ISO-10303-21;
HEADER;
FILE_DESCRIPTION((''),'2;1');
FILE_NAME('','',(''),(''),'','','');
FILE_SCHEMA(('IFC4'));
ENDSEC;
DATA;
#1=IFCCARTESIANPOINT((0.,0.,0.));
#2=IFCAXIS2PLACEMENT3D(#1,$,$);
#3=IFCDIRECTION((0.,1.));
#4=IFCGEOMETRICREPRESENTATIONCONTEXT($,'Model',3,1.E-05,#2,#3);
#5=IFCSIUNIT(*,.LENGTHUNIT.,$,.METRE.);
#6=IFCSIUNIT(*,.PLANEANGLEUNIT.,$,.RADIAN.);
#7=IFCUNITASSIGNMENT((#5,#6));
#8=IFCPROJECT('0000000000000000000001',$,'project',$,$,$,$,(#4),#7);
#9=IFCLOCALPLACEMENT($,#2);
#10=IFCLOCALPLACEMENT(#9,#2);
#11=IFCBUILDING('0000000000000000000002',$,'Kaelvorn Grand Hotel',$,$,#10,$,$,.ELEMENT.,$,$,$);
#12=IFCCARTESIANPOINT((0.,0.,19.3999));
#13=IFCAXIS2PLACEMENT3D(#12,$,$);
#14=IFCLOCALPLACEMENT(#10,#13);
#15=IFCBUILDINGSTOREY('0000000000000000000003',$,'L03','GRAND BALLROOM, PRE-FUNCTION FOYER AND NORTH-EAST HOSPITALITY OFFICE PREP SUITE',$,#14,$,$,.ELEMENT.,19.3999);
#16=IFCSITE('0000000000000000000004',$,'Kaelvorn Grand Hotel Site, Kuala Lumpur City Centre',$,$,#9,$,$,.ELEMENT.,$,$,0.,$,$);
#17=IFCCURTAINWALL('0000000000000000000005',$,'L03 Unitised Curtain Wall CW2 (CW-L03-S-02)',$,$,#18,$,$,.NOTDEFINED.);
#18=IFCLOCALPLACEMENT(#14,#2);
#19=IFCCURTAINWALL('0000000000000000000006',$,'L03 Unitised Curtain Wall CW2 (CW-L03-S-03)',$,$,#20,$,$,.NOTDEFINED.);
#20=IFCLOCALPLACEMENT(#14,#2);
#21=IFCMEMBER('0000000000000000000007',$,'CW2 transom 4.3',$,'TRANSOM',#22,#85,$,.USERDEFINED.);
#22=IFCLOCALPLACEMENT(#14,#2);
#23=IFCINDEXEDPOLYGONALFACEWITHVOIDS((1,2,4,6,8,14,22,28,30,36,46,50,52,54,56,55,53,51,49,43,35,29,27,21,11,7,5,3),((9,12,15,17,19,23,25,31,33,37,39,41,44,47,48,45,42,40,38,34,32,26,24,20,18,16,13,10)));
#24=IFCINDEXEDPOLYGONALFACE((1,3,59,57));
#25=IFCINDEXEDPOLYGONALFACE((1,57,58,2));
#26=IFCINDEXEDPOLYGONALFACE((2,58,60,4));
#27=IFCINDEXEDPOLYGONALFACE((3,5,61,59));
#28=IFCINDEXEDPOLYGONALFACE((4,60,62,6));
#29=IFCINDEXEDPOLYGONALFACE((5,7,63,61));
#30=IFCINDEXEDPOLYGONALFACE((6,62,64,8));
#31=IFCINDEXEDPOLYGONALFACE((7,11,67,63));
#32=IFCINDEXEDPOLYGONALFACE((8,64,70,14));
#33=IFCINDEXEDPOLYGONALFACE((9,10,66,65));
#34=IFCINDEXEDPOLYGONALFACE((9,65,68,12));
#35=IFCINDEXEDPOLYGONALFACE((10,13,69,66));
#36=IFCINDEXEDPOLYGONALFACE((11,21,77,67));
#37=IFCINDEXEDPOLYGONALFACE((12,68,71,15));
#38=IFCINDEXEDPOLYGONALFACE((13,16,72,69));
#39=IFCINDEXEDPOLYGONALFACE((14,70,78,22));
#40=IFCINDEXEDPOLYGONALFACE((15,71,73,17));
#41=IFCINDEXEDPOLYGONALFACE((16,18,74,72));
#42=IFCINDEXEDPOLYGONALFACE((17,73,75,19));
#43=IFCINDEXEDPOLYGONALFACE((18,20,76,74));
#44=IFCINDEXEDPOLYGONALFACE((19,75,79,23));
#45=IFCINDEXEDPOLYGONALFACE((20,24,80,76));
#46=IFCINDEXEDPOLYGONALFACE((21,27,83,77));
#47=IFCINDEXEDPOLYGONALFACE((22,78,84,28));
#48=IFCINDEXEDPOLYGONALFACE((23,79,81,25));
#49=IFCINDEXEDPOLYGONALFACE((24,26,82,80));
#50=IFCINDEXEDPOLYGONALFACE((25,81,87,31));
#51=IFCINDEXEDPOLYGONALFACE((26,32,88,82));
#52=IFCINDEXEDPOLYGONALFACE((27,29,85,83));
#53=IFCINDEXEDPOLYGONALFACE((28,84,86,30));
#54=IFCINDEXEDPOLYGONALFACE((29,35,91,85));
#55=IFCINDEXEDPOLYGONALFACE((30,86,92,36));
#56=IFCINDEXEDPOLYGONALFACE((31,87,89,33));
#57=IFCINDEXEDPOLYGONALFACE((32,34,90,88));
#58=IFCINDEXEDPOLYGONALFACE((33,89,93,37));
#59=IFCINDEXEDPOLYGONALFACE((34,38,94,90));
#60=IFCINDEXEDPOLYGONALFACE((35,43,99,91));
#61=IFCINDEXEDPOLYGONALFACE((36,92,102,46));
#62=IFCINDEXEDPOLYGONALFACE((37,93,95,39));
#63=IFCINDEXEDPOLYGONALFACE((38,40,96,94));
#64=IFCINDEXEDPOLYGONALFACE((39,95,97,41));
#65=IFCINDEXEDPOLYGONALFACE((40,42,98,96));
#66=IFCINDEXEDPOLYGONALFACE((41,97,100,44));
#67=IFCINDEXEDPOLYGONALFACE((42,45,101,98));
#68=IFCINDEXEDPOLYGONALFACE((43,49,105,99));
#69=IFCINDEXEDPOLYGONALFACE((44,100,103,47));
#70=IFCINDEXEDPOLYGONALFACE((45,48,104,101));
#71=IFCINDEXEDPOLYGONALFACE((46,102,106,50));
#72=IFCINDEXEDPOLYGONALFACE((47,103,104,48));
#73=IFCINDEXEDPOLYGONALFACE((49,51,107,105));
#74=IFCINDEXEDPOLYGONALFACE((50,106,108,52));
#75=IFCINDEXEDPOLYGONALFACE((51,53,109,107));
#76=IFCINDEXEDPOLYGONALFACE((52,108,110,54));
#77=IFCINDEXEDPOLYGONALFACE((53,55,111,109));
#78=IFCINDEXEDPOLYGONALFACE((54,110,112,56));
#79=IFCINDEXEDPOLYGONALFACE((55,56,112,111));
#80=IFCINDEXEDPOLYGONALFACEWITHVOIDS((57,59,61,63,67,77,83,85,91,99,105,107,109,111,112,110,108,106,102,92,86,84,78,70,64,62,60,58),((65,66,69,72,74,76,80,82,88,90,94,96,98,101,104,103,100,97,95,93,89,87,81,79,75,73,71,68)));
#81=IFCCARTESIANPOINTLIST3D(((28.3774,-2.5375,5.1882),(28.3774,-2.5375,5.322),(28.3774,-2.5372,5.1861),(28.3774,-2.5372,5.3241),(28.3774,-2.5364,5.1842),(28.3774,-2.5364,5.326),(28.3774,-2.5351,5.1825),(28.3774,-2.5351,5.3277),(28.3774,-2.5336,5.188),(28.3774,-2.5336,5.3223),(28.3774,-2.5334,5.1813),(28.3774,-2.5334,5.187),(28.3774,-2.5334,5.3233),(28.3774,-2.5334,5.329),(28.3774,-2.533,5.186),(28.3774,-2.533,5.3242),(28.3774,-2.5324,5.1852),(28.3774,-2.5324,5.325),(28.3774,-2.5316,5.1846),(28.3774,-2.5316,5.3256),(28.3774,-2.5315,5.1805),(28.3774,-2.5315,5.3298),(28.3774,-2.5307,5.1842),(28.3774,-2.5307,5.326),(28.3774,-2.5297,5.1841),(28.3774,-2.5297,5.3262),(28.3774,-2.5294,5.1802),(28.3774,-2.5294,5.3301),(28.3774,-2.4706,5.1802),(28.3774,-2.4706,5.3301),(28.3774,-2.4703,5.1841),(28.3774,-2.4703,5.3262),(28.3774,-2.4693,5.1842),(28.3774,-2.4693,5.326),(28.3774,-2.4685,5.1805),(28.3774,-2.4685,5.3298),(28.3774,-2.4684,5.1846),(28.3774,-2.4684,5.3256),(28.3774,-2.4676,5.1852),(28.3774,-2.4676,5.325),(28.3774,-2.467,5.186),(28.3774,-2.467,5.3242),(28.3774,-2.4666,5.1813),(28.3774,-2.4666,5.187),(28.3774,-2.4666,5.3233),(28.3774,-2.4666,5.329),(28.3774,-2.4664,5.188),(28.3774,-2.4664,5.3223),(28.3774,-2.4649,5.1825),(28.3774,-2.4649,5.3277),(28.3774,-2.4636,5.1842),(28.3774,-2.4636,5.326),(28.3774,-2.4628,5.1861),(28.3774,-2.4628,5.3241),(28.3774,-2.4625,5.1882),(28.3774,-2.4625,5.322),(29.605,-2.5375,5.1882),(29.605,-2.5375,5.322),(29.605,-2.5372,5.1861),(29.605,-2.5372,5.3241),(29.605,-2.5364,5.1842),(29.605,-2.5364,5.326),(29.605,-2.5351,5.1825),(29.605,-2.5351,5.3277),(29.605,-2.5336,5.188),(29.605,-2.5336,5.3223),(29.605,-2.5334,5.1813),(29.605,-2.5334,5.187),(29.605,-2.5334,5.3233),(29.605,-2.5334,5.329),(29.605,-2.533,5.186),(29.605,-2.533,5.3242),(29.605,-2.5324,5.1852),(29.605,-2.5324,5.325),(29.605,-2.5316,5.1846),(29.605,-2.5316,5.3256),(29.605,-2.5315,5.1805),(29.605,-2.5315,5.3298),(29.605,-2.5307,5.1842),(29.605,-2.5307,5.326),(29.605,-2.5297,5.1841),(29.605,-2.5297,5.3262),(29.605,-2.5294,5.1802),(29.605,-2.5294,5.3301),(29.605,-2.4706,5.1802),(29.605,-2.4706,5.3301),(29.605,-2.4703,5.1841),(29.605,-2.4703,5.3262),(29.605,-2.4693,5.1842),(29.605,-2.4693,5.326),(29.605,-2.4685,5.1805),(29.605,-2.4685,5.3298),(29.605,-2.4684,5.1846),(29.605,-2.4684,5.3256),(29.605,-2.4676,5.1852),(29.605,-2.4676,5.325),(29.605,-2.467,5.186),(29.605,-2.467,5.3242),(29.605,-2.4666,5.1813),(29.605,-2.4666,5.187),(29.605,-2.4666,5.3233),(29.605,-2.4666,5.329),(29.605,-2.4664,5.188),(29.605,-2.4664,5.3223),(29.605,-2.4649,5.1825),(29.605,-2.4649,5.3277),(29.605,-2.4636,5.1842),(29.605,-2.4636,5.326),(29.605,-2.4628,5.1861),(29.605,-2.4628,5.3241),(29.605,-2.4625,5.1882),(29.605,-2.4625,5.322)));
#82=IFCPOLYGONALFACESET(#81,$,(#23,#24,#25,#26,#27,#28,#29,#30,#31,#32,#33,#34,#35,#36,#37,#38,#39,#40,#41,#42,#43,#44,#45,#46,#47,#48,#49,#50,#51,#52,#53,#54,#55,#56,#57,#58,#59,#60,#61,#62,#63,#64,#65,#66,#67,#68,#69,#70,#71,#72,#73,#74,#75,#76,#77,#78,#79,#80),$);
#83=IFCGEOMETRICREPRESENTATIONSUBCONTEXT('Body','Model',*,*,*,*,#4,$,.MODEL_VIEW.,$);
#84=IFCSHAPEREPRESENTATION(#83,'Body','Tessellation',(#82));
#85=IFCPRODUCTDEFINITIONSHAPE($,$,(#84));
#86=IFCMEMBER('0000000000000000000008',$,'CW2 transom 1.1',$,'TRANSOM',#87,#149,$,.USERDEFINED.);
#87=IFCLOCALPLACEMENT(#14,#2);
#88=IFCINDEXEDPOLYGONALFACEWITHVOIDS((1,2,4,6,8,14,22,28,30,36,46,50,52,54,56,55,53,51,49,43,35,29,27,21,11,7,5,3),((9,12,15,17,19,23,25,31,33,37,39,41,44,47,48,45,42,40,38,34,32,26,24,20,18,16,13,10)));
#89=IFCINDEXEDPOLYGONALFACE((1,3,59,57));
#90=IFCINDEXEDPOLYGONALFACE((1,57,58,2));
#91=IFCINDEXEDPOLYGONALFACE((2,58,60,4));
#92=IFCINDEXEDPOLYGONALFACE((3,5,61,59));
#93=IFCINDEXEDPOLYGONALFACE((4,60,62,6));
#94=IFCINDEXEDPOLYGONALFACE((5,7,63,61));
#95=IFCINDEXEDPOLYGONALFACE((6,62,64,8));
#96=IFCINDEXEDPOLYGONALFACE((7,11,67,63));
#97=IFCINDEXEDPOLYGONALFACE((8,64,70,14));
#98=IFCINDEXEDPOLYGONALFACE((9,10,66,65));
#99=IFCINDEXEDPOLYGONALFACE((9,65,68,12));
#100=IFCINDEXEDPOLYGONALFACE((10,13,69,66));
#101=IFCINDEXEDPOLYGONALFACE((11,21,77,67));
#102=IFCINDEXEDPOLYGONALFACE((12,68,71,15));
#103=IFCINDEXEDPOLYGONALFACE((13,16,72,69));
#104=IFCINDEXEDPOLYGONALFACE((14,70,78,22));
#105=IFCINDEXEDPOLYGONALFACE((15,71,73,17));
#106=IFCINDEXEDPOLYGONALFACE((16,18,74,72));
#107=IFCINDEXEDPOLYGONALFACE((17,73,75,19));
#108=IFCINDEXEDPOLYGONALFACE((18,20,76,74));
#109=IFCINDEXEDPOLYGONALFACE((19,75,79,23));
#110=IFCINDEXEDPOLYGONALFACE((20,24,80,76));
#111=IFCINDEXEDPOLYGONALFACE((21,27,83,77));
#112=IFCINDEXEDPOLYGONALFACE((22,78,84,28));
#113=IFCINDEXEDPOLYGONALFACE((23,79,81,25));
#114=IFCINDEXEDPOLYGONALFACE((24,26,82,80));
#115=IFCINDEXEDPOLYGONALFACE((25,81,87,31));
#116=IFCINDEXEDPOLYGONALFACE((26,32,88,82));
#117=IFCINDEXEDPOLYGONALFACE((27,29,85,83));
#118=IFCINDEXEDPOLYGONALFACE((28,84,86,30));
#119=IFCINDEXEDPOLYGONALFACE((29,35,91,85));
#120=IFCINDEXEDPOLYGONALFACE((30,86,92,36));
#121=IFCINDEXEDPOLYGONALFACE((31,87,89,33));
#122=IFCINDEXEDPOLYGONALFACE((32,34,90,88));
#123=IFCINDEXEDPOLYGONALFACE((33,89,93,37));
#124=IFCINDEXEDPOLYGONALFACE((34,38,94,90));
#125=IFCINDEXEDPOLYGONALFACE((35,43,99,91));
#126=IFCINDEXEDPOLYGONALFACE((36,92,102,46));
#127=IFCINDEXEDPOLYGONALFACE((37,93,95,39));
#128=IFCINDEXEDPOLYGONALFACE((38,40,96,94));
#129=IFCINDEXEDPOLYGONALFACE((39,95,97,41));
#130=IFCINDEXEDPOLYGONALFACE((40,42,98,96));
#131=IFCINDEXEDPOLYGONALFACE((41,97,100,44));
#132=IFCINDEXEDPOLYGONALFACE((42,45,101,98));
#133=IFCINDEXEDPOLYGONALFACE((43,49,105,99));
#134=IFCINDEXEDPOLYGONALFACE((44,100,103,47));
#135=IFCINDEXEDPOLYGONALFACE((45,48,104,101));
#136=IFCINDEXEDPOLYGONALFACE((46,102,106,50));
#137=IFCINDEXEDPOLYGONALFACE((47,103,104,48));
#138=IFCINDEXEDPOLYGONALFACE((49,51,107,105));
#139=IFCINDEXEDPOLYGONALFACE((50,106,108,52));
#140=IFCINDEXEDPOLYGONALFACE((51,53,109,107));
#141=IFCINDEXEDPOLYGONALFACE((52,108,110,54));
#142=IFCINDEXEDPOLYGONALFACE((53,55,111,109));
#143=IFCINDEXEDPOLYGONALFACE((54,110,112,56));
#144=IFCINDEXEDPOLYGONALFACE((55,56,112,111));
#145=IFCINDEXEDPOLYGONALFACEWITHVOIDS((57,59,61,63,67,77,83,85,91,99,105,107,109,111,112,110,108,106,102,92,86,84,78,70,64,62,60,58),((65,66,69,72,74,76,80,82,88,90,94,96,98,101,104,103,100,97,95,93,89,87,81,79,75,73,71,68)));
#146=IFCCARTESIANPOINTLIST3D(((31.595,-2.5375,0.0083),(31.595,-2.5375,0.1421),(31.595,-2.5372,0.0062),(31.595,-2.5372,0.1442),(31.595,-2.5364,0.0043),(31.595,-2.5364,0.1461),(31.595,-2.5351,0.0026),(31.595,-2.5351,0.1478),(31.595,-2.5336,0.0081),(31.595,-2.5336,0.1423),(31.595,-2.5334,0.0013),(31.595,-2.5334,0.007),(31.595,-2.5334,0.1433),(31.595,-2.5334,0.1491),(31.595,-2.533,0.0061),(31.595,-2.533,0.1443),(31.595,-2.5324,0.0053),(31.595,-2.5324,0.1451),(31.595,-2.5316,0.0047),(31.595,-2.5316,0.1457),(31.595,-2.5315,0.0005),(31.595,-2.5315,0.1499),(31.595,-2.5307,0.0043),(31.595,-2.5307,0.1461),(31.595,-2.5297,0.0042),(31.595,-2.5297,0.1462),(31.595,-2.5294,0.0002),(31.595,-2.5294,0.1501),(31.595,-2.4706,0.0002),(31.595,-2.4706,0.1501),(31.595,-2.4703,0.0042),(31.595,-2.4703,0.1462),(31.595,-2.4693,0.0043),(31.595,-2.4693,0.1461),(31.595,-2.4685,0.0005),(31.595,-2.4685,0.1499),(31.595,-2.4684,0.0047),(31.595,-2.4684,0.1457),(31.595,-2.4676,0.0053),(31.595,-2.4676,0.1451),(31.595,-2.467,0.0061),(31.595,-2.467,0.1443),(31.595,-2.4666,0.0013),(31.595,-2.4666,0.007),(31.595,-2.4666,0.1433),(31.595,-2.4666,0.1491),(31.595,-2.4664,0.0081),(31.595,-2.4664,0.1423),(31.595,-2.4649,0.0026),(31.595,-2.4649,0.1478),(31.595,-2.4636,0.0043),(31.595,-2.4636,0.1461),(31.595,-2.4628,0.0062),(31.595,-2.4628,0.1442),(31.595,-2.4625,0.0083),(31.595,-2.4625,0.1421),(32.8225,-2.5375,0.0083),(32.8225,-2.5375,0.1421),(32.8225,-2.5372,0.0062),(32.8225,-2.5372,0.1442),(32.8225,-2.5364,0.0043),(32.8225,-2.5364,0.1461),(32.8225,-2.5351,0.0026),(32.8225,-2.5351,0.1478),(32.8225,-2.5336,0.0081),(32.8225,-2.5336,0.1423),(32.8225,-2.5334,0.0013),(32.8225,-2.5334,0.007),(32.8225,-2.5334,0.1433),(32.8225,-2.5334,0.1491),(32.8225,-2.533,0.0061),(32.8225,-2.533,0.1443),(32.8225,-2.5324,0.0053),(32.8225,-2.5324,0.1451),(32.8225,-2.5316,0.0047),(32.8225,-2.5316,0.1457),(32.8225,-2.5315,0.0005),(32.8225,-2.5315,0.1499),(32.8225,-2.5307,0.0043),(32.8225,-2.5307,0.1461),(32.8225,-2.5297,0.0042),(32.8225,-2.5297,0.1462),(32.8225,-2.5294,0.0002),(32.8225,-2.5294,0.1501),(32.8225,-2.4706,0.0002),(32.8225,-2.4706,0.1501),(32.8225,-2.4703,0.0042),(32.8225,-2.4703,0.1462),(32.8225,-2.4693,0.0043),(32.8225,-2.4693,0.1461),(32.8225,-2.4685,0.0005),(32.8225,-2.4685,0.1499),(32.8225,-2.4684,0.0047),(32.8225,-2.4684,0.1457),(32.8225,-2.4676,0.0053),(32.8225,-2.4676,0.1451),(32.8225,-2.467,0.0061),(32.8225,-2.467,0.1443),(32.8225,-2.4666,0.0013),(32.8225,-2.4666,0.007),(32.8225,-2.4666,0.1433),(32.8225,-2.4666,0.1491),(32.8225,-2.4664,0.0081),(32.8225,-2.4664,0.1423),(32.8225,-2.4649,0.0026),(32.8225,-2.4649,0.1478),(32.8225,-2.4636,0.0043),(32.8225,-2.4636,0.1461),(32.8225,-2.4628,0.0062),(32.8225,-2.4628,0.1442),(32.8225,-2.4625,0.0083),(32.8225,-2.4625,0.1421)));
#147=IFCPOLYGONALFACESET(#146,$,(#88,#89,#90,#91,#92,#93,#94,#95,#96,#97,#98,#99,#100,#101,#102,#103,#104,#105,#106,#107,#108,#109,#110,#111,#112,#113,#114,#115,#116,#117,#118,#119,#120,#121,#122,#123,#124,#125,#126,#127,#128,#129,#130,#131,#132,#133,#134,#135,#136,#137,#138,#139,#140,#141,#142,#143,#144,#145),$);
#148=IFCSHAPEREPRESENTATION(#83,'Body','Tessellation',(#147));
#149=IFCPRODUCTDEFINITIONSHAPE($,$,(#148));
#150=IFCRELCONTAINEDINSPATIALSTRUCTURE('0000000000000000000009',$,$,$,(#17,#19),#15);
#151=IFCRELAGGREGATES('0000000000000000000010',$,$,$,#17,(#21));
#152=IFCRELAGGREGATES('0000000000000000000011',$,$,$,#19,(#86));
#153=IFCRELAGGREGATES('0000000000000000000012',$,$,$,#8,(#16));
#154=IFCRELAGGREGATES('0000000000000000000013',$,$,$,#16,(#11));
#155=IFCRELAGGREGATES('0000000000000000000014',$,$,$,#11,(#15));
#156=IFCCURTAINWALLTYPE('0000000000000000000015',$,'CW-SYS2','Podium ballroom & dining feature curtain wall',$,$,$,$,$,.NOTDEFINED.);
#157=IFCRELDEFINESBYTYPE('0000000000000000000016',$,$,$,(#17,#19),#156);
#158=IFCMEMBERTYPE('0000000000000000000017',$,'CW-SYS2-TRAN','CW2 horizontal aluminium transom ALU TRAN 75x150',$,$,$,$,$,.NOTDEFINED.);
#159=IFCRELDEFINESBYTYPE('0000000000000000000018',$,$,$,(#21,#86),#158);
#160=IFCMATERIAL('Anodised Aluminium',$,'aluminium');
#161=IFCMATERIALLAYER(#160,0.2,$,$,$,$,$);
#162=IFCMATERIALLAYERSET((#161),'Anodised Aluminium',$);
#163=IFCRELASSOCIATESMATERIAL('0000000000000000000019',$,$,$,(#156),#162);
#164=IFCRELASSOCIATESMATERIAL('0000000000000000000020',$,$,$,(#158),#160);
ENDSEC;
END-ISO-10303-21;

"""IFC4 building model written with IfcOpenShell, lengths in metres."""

from ifc_helpers import new_model, si_unit, direction, frame, origin, origin_2d, place, context, subcontext, project, spatial, hollow_rectangle, extrude, material, layer, layer_set, material_profile, profile_set, type_object, element, aggregate, save


model = new_model("IFC4")

# Units and contexts
model_context = context("Model", 3, precision=1e-05, world=origin(), true_north=direction((0.0, 1.0)))
body_context = subcontext(model_context, "Body", "Model", "MODEL_VIEW")
ifc_project = project(units=[si_unit("LENGTHUNIT", "METRE"), si_unit("PLANEANGLEUNIT", "RADIAN")], contexts=[model_context])

# Site, building, storey
site_placement = place(None, origin())
site = spatial("IfcSite", under=ifc_project, at=site_placement, Name="Kaelvorn Grand Hotel Site, Kuala Lumpur City Centre", CompositionType="ELEMENT", RefElevation=0.0)
building_placement = place(site_placement, origin())
building = spatial("IfcBuilding", under=site, at=building_placement, Name="Kaelvorn Grand Hotel", CompositionType="ELEMENT")
storey_placement = place(building_placement, frame((0.0, 0.0, 19.3999)))
storey = spatial("IfcBuildingStorey", under=building, at=storey_placement, Name="L03", Description="GRAND BALLROOM, PRE-FUNCTION FOYER AND NORTH-EAST HOSPITALITY OFFICE PREP SUITE", CompositionType="ELEMENT", Elevation=19.3999)

# Curtain walls
ifc_material_1 = material(Name="Anodised Aluminium", Category="aluminium")
ifc_layer_1 = layer(ifc_material_1, 0.2)
ifc_layer_set_1 = layer_set([ifc_layer_1], Name="Anodised Aluminium")
curtain_wall_type = type_object("IfcCurtainWallType", Name="CW-SYS2", Description="Podium ballroom & dining feature curtain wall", PredefinedType="NOTDEFINED", material=ifc_layer_set_1)
curtain_wall_1_placement = place(storey_placement, origin())
curtain_wall_1 = element("IfcCurtainWall", 1, at=curtain_wall_1_placement, inside=storey, type_object=curtain_wall_type, Name="L03 Unitised Curtain Wall CW2 (CW-L03-S-02)", PredefinedType="NOTDEFINED")
curtain_wall_2_placement = place(storey_placement, origin())
curtain_wall_2 = element("IfcCurtainWall", 2, at=curtain_wall_2_placement, inside=storey, type_object=curtain_wall_type, Name="L03 Unitised Curtain Wall CW2 (CW-L03-S-03)", PredefinedType="NOTDEFINED")

# Members
ifc_material_profile_1 = material_profile(ifc_material_1, hollow_rectangle(XDim=0.075, YDim=0.1499, WallThickness=0.0039, InnerFilletRadius=0.0039, OuterFilletRadius=0.0081, at=origin_2d()), Name="ALU TRAN 75x150")
ifc_profile_set_1 = profile_set([ifc_material_profile_1], Name="Anodised Aluminium")
member_type_1 = type_object("IfcMemberType", Name="CW-SYS2-TRAN", Description="CW2 horizontal aluminium transom ALU TRAN 75x150", PredefinedType="NOTDEFINED", material=ifc_profile_set_1)
member_1_placement = place(storey_placement, frame((28.3774, -2.5, 5.2551), z_axis=(1.0, 0.0, 0.0), x_axis=(0.0, 1.0, 0.0)))
member_1 = element("IfcMember", 3, at=member_1_placement, type_object=member_type_1, Name="CW2 transom 4.3", ObjectType="TRANSOM", PredefinedType="USERDEFINED", context=body_context, shape_type="SweptSolid", body=[
    extrude(hollow_rectangle(XDim=0.075, YDim=0.1499, WallThickness=0.0039, InnerFilletRadius=0.0039, OuterFilletRadius=0.0081, at=origin_2d()), origin(), (0.0, 0.0, 1.0), 1.2275),
])
member_2_placement = place(storey_placement, frame((31.595, -2.5, 0.0752), z_axis=(1.0, 0.0, 0.0), x_axis=(0.0, 1.0, 0.0)))
member_2 = element("IfcMember", 4, at=member_2_placement, type_object=member_type_1, Name="CW2 transom 1.1", ObjectType="TRANSOM", PredefinedType="USERDEFINED", context=body_context, shape_type="SweptSolid", body=[
    extrude(hollow_rectangle(XDim=0.075, YDim=0.1499, WallThickness=0.0039, InnerFilletRadius=0.0039, OuterFilletRadius=0.0081, at=origin_2d()), origin(), (0.0, 0.0, 1.0), 1.2275),
])

aggregate(curtain_wall_1, [member_1])
aggregate(curtain_wall_2, [member_2])

save(model, "model.ifc")
